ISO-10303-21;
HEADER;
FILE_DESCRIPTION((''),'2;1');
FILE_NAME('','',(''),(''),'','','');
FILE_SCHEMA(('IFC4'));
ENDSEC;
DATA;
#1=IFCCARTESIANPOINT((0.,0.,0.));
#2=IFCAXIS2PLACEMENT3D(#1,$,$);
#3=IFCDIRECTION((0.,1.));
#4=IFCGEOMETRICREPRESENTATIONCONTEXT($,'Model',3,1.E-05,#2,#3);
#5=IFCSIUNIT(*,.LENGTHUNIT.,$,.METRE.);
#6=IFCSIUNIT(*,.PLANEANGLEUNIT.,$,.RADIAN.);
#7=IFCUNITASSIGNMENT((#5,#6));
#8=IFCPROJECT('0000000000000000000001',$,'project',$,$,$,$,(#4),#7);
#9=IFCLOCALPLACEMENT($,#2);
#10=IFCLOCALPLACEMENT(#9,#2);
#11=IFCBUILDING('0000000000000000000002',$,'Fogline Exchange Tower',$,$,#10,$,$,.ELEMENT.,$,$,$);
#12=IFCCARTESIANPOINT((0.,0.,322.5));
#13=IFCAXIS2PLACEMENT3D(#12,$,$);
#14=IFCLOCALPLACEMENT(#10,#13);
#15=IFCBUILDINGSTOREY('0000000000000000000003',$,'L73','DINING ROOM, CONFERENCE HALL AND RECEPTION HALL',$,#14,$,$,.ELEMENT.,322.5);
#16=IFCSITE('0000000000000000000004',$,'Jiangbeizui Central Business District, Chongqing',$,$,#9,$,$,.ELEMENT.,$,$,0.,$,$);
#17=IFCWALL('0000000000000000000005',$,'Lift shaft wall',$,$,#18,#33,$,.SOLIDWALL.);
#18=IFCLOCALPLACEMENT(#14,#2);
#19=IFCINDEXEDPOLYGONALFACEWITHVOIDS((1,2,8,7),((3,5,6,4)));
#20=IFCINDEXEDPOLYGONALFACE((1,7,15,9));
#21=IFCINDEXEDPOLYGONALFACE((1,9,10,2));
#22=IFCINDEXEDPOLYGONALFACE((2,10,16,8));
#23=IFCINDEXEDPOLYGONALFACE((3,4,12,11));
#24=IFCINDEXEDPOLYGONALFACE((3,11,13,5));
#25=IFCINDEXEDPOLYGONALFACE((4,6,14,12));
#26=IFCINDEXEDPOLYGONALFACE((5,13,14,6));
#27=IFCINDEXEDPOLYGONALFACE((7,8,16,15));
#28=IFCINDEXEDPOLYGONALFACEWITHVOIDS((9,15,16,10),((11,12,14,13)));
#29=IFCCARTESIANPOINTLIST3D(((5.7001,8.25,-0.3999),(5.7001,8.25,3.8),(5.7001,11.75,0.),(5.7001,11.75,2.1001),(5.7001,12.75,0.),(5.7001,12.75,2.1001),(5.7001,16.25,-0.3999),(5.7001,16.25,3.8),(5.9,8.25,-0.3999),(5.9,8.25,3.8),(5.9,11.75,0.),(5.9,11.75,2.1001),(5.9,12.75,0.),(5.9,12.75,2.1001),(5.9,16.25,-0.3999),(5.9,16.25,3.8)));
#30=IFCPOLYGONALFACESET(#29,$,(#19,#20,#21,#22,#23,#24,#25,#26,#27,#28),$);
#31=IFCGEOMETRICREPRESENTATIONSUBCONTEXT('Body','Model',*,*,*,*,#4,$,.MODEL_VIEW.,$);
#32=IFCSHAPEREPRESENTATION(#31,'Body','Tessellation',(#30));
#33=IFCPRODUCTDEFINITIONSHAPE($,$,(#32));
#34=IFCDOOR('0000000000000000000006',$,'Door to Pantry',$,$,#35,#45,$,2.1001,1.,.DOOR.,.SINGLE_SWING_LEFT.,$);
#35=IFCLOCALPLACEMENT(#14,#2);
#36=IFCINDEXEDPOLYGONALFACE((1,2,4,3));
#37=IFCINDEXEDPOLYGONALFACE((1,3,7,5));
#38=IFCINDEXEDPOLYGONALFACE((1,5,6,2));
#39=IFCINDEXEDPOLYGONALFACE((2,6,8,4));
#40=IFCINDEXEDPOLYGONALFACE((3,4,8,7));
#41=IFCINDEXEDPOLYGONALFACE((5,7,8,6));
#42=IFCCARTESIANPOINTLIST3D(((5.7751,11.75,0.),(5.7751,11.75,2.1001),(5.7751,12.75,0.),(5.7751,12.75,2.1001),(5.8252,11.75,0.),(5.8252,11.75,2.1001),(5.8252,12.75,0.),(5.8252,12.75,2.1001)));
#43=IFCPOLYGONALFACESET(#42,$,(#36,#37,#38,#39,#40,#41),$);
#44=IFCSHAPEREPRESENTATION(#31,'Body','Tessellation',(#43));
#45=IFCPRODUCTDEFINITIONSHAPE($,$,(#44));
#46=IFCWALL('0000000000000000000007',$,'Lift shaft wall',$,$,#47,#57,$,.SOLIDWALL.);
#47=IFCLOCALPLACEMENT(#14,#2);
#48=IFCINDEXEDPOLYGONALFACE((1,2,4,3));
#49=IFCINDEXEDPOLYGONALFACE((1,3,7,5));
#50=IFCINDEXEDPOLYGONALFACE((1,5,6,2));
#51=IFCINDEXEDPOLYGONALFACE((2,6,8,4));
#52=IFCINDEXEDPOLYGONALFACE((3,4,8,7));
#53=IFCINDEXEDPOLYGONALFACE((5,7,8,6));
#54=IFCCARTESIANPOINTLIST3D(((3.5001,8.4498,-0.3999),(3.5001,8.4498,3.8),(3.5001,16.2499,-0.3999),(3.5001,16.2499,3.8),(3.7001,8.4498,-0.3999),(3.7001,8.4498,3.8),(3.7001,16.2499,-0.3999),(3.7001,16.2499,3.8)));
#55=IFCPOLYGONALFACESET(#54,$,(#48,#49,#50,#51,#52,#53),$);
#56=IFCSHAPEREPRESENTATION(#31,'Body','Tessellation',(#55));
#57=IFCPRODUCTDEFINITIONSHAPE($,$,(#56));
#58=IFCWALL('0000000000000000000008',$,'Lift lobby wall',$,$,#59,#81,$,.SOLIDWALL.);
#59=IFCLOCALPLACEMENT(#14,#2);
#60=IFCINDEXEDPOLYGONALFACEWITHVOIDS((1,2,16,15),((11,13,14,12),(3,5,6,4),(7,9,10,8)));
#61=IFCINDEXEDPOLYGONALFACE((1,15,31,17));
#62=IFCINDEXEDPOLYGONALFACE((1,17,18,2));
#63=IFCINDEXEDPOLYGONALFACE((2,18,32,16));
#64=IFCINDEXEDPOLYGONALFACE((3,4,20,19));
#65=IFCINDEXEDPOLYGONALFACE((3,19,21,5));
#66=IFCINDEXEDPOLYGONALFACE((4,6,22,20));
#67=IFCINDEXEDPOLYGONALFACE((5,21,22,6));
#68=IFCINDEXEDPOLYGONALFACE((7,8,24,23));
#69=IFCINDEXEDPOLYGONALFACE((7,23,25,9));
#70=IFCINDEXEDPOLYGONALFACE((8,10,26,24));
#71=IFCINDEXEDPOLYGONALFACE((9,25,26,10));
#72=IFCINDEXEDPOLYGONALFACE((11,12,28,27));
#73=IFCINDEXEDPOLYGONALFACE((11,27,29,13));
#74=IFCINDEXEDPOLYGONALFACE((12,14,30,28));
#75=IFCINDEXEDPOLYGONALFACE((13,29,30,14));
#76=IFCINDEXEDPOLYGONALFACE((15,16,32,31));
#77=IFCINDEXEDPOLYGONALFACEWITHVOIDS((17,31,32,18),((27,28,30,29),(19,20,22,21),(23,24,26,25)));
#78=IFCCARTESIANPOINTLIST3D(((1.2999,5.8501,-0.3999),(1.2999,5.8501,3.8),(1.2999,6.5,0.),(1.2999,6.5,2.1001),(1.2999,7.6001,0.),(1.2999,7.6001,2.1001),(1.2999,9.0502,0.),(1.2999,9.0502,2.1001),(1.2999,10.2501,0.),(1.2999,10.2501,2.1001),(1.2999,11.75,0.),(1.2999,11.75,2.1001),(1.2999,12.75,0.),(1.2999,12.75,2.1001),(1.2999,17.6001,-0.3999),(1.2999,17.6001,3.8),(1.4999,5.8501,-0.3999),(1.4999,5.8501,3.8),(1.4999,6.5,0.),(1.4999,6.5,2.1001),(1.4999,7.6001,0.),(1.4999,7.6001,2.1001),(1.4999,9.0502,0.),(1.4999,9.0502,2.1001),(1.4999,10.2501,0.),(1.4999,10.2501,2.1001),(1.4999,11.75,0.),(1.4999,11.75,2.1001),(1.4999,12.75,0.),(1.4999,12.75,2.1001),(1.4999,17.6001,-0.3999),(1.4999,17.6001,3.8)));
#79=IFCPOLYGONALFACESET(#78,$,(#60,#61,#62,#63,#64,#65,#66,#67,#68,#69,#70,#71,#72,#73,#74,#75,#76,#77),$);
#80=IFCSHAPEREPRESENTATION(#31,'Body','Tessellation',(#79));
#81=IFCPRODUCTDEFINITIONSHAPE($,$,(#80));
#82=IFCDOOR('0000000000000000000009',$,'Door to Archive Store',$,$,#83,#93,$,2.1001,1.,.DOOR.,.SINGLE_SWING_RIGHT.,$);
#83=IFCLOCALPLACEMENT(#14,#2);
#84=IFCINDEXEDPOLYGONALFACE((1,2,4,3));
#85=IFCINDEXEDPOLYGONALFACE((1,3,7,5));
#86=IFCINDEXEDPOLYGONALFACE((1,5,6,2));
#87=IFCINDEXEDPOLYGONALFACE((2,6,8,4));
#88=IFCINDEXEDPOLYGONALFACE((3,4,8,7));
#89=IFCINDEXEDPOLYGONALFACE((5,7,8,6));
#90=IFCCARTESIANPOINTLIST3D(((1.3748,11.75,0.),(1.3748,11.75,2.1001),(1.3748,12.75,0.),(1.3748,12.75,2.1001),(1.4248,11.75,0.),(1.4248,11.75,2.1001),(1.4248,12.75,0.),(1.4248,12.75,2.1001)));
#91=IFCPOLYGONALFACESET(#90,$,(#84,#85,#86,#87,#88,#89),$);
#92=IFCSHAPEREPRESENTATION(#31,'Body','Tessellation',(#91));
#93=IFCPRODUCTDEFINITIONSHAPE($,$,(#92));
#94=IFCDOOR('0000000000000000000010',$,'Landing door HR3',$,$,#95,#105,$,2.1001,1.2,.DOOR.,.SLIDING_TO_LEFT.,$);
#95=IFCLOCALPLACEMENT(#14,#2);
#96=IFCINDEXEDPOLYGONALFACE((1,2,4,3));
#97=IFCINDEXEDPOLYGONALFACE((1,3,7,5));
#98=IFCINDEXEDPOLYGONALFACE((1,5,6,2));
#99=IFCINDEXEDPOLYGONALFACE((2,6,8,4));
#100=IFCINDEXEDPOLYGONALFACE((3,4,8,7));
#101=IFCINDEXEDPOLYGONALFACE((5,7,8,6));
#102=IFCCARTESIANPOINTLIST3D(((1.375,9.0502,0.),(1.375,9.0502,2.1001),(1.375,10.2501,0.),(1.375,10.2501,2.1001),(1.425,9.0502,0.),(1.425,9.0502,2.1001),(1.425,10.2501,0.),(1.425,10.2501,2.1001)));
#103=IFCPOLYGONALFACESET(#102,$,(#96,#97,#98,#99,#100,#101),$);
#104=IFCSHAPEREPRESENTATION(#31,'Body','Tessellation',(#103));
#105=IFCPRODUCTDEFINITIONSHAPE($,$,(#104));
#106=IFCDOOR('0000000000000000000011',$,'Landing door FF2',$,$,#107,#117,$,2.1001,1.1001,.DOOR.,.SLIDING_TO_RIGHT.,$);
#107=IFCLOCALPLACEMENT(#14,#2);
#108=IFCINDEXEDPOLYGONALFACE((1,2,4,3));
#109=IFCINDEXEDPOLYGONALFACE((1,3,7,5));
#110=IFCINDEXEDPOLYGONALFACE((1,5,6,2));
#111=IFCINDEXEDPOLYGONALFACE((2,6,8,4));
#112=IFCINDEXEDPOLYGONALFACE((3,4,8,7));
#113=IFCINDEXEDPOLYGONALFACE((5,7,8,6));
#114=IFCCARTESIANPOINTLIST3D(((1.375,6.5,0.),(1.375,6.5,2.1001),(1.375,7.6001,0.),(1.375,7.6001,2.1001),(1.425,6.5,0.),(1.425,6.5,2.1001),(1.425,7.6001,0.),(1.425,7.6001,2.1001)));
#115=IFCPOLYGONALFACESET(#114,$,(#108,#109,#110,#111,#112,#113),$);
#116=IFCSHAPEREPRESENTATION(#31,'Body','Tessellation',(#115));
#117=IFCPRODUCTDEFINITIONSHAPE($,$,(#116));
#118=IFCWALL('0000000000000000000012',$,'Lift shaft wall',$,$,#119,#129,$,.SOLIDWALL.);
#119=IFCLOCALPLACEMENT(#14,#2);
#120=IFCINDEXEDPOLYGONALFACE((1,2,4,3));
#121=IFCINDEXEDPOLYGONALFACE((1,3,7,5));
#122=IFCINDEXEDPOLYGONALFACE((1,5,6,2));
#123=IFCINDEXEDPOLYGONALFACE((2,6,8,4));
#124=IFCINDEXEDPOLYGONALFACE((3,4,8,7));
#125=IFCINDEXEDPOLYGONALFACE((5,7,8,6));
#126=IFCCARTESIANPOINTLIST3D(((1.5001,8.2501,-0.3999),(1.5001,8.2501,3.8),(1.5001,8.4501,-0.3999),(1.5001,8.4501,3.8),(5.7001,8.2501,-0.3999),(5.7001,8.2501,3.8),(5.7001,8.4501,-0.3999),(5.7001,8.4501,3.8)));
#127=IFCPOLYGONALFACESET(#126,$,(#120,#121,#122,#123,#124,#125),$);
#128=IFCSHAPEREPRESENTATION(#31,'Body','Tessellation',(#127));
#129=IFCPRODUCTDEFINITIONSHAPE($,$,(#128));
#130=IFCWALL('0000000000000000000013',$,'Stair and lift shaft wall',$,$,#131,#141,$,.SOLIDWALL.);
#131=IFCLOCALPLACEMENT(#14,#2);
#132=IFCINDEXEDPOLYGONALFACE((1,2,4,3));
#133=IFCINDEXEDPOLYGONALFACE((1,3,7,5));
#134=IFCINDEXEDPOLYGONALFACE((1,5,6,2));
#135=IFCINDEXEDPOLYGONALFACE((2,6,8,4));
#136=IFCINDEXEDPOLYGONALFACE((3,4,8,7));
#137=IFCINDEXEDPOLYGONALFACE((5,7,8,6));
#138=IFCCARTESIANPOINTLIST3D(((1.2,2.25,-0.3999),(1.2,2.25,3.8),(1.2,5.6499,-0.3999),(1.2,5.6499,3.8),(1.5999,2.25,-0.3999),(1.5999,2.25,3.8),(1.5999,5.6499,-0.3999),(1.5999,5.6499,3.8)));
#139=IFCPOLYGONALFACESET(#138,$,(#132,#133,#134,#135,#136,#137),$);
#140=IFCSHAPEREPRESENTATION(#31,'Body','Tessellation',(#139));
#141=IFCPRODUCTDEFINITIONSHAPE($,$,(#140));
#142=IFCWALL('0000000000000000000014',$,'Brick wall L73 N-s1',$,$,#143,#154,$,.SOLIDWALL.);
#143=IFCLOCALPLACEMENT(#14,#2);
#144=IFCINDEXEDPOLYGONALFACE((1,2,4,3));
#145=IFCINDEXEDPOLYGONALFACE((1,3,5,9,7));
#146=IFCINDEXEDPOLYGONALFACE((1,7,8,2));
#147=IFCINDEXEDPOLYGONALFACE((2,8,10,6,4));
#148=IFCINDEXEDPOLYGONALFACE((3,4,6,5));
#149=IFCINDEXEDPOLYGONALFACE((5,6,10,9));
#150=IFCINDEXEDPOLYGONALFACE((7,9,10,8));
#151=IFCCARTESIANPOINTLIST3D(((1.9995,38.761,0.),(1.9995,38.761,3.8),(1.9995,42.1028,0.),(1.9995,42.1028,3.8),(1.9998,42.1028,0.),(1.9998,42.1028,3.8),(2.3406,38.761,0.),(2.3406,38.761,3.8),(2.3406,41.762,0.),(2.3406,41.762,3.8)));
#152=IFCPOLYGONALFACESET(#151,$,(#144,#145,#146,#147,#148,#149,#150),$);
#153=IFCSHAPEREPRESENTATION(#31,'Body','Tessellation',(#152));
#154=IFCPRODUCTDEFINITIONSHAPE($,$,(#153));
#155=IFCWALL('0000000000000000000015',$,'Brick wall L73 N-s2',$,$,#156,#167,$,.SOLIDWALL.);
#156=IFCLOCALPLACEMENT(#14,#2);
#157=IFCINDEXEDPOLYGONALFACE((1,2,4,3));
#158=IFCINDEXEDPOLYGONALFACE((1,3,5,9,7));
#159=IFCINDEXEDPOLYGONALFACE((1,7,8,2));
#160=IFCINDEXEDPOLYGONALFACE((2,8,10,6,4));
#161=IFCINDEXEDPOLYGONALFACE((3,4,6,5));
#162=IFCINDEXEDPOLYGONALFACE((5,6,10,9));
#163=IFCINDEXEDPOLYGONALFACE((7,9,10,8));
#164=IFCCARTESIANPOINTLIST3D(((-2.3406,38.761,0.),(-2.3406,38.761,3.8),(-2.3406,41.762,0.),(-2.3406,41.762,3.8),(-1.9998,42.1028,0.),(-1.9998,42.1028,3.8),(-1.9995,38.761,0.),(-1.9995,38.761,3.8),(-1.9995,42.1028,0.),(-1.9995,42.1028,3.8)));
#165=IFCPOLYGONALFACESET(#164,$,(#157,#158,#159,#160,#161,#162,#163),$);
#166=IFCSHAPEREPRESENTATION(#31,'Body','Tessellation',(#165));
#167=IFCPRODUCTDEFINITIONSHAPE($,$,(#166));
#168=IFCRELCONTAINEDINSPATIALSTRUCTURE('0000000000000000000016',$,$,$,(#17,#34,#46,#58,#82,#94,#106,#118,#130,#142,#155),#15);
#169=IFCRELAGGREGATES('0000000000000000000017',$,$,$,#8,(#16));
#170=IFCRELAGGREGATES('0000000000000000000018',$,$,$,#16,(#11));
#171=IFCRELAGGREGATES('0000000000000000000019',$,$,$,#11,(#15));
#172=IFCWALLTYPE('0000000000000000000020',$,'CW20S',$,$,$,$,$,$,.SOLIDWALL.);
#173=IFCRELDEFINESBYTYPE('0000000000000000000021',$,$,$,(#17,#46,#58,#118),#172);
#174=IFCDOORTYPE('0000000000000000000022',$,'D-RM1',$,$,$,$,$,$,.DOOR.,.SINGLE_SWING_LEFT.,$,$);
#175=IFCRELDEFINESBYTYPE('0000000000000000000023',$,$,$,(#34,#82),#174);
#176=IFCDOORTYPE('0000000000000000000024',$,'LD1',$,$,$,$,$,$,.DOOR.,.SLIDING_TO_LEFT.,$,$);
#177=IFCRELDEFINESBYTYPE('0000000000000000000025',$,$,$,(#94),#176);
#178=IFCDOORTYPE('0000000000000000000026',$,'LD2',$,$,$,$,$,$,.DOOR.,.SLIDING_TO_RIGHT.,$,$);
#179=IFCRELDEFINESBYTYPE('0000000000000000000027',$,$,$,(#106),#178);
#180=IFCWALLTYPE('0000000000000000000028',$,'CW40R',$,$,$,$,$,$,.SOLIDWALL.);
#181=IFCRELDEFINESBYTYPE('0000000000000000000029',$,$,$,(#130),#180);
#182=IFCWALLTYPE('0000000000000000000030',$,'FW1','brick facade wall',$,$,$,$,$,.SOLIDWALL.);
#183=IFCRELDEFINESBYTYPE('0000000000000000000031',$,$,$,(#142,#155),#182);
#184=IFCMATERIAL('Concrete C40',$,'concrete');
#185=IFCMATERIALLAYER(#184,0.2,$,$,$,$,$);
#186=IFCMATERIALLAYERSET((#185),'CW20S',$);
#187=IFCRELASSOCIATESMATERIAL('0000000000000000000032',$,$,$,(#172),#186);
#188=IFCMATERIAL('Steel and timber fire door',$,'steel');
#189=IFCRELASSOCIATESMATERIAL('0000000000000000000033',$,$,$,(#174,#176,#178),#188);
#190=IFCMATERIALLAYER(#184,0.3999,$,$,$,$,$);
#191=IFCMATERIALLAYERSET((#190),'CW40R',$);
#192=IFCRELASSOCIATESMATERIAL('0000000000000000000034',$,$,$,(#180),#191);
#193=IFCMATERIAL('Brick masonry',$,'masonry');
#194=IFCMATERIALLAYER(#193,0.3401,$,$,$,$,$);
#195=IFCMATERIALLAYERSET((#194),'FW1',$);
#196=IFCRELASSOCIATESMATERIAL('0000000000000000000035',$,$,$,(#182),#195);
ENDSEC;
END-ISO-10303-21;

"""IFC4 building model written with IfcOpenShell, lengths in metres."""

from ifc_helpers import new_model, si_unit, direction, frame, frame_2d, origin, place, context, subcontext, project, spatial, polyline, rectangle, outline, extrude, material, layer, layer_set, type_object, element, fill, save


model = new_model("IFC4")

# Units and contexts
model_context = context("Model", 3, precision=1e-05, world=origin(), true_north=direction((0.0, 1.0)))
body_context = subcontext(model_context, "Body", "Model", "MODEL_VIEW")
ifc_project = project(units=[si_unit("LENGTHUNIT", "METRE"), si_unit("PLANEANGLEUNIT", "RADIAN")], contexts=[model_context])

# Site, building, storey
site_placement = place(None, origin())
site = spatial("IfcSite", under=ifc_project, at=site_placement, Name="Jiangbeizui Central Business District, Chongqing", CompositionType="ELEMENT", RefElevation=0.0)
building_placement = place(site_placement, origin())
building = spatial("IfcBuilding", under=site, at=building_placement, Name="Fogline Exchange Tower", CompositionType="ELEMENT")
storey_placement = place(building_placement, frame((0.0, 0.0, 322.5)))
storey = spatial("IfcBuildingStorey", under=building, at=storey_placement, Name="L73", Description="DINING ROOM, CONFERENCE HALL AND RECEPTION HALL", CompositionType="ELEMENT", Elevation=322.5)

# Shared definitions
ifc_material_1 = material(Name="Concrete C40", Category="concrete")

# Wall, opening, door
ifc_layer_1 = layer(ifc_material_1, 0.2)
ifc_layer_set_1 = layer_set([ifc_layer_1], Name="CW20S")
wall_type_1 = type_object("IfcWallType", Name="CW20S", PredefinedType="SOLIDWALL", material=ifc_layer_set_1)
wall_1_placement = place(storey_placement, frame((5.8, 8.25, -0.3999), z_axis=(0.0, 0.0, 1.0), x_axis=(0.0, 1.0, 0.0)))
wall_1 = element("IfcWall", 1, at=wall_1_placement, inside=storey, type_object=wall_type_1, Name="Lift shaft wall", PredefinedType="SOLIDWALL", context=body_context, shape_type="SweptSolid", body=[
    extrude(rectangle(XDim=8.0, YDim=0.2, at=frame_2d((4.0, 0.0))), origin(), (0.0, 0.0, 1.0), 4.2),
])
opening_1_placement = place(wall_1_placement, frame((3.5, 0.0, 0.3999)))
opening_1 = element("IfcOpeningElement", 2, at=opening_1_placement, cuts=wall_1, PredefinedType="OPENING", context=body_context, shape_type="SweptSolid", body=[
    extrude(rectangle(XDim=1.0, YDim=2.1001, at=frame_2d((0.5, 1.05))), frame((0.0, 0.1099, 0.0), z_axis=(0.0, -1.0, 0.0), x_axis=(1.0, 0.0, 0.0)), (0.0, 0.0, 1.0), 0.22),
])
ifc_material_2 = material(Name="Steel and timber fire door", Category="steel")
door_type_1 = type_object("IfcDoorType", Name="D-RM1", OperationType="SINGLE_SWING_LEFT", PredefinedType="DOOR", material=ifc_material_2)
door_1_placement = place(opening_1_placement, origin())
door_1 = element("IfcDoor", 3, at=door_1_placement, inside=storey, type_object=door_type_1, Name="Door to Pantry", OperationType="SINGLE_SWING_LEFT", OverallHeight=2.1001, OverallWidth=1.0, PredefinedType="DOOR", context=body_context, shape_type="SweptSolid", body=[
    extrude(rectangle(XDim=1.0, YDim=2.1001, at=frame_2d((0.5, 1.05))), frame((0.0, 0.0249, 0.0), z_axis=(0.0, -1.0, 0.0), x_axis=(1.0, 0.0, 0.0)), (0.0, 0.0, 1.0), 0.05),
])
fill(opening_1, door_1)

# Wall
wall_2_placement = place(storey_placement, frame((3.6001, 8.45, -0.3999), z_axis=(0.0, 0.0, 1.0), x_axis=(0.0, 1.0, 0.0)))
element("IfcWall", 4, at=wall_2_placement, inside=storey, type_object=wall_type_1, Name="Lift shaft wall", PredefinedType="SOLIDWALL", context=body_context, shape_type="SweptSolid", body=[
    extrude(rectangle(XDim=7.8, YDim=0.2, at=frame_2d((3.8999, 0.0))), origin(), (0.0, 0.0, 1.0), 4.2),
])

# Wall, openings, doors
wall_3_placement = place(storey_placement, frame((1.3999, 5.8501, -0.3999), z_axis=(0.0, 0.0, 1.0), x_axis=(0.0, 1.0, 0.0)))
wall_3 = element("IfcWall", 5, at=wall_3_placement, inside=storey, type_object=wall_type_1, Name="Lift lobby wall", PredefinedType="SOLIDWALL", context=body_context, shape_type="SweptSolid", body=[
    extrude(rectangle(XDim=11.75, YDim=0.2, at=frame_2d((5.875, 0.0))), origin(), (0.0, 0.0, 1.0), 4.2),
])
opening_2_placement = place(wall_3_placement, frame((3.2, 0.0, 0.3999)))
opening_2 = element("IfcOpeningElement", 6, at=opening_2_placement, cuts=wall_3, PredefinedType="OPENING", context=body_context, shape_type="SweptSolid", body=[
    extrude(rectangle(XDim=1.2, YDim=2.1001, at=frame_2d((0.6001, 1.05))), frame((0.0, 0.1099, 0.0), z_axis=(0.0, -1.0, 0.0), x_axis=(1.0, 0.0, 0.0)), (0.0, 0.0, 1.0), 0.22),
])
opening_3_placement = place(wall_3_placement, frame((0.6499, 0.0, 0.3999)))
opening_3 = element("IfcOpeningElement", 7, at=opening_3_placement, cuts=wall_3, PredefinedType="OPENING", context=body_context, shape_type="SweptSolid", body=[
    extrude(rectangle(XDim=1.1001, YDim=2.1001, at=frame_2d((0.55, 1.05))), frame((0.0, 0.1099, 0.0), z_axis=(0.0, -1.0, 0.0), x_axis=(1.0, 0.0, 0.0)), (0.0, 0.0, 1.0), 0.22),
])
opening_4_placement = place(wall_3_placement, frame((5.8999, 0.0, 0.3999)))
opening_4 = element("IfcOpeningElement", 8, at=opening_4_placement, cuts=wall_3, PredefinedType="OPENING", context=body_context, shape_type="SweptSolid", body=[
    extrude(rectangle(XDim=1.0, YDim=2.1001, at=frame_2d((0.5, 1.05))), frame((0.0, 0.1099, 0.0), z_axis=(0.0, -1.0, 0.0), x_axis=(1.0, 0.0, 0.0)), (0.0, 0.0, 1.0), 0.22),
])
door_2_placement = place(opening_4_placement, frame((1.0, 0.0, 0.0), z_axis=(0.0, 0.0, 1.0), x_axis=(-1.0, 0.0, 0.0)))
door_2 = element("IfcDoor", 9, at=door_2_placement, inside=storey, type_object=door_type_1, Name="Door to Archive Store", OperationType="SINGLE_SWING_RIGHT", OverallHeight=2.1001, OverallWidth=1.0, PredefinedType="DOOR", context=body_context, shape_type="SweptSolid", body=[
    extrude(rectangle(XDim=1.0, YDim=2.1001, at=frame_2d((0.5, 1.05))), frame((0.0, 0.0249, 0.0), z_axis=(0.0, -1.0, 0.0), x_axis=(1.0, 0.0, 0.0)), (0.0, 0.0, 1.0), 0.05),
])
fill(opening_4, door_2)
door_type_2 = type_object("IfcDoorType", Name="LD1", OperationType="SLIDING_TO_LEFT", PredefinedType="DOOR", material=ifc_material_2)
door_3_placement = place(opening_2_placement, origin())
door_3 = element("IfcDoor", 10, at=door_3_placement, inside=storey, type_object=door_type_2, Name="Landing door HR3", OperationType="SLIDING_TO_LEFT", OverallHeight=2.1001, OverallWidth=1.2, PredefinedType="DOOR", context=body_context, shape_type="SweptSolid", body=[
    extrude(rectangle(XDim=1.2, YDim=2.1001, at=frame_2d((0.6001, 1.05))), frame((0.0, 0.0249, 0.0), z_axis=(0.0, -1.0, 0.0), x_axis=(1.0, 0.0, 0.0)), (0.0, 0.0, 1.0), 0.05),
])
fill(opening_2, door_3)
door_type_3 = type_object("IfcDoorType", Name="LD2", OperationType="SLIDING_TO_RIGHT", PredefinedType="DOOR", material=ifc_material_2)
door_4_placement = place(opening_3_placement, origin())
door_4 = element("IfcDoor", 11, at=door_4_placement, inside=storey, type_object=door_type_3, Name="Landing door FF2", OperationType="SLIDING_TO_RIGHT", OverallHeight=2.1001, OverallWidth=1.1001, PredefinedType="DOOR", context=body_context, shape_type="SweptSolid", body=[
    extrude(rectangle(XDim=1.1001, YDim=2.1001, at=frame_2d((0.55, 1.05))), frame((0.0, 0.0249, 0.0), z_axis=(0.0, -1.0, 0.0), x_axis=(1.0, 0.0, 0.0)), (0.0, 0.0, 1.0), 0.05),
])
fill(opening_3, door_4)

# Walls
wall_4_placement = place(storey_placement, frame((1.5, 8.3501, -0.3999), z_axis=(0.0, 0.0, 1.0), x_axis=(1.0, 0.0, 0.0)))
element("IfcWall", 12, at=wall_4_placement, inside=storey, type_object=wall_type_1, Name="Lift shaft wall", PredefinedType="SOLIDWALL", context=body_context, shape_type="SweptSolid", body=[
    extrude(rectangle(XDim=4.2, YDim=0.2, at=frame_2d((2.1001, 0.0))), origin(), (0.0, 0.0, 1.0), 4.2),
])
ifc_layer_2 = layer(ifc_material_1, 0.3999)
ifc_layer_set_2 = layer_set([ifc_layer_2], Name="CW40R")
wall_type_2 = type_object("IfcWallType", Name="CW40R", PredefinedType="SOLIDWALL", material=ifc_layer_set_2)
wall_5_placement = place(storey_placement, frame((1.3999, 2.25, -0.3999), z_axis=(0.0, 0.0, 1.0), x_axis=(0.0, 1.0, 0.0)))
element("IfcWall", 13, at=wall_5_placement, inside=storey, type_object=wall_type_2, Name="Stair and lift shaft wall", PredefinedType="SOLIDWALL", context=body_context, shape_type="SweptSolid", body=[
    extrude(rectangle(XDim=3.3999, YDim=0.3999, at=frame_2d((1.7, 0.0))), origin(), (0.0, 0.0, 1.0), 4.2),
])
ifc_material_3 = material(Name="Brick masonry", Category="masonry")
ifc_layer_3 = layer(ifc_material_3, 0.3401)
ifc_layer_set_3 = layer_set([ifc_layer_3], Name="FW1")
wall_type_3 = type_object("IfcWallType", Name="FW1", Description="brick facade wall", PredefinedType="SOLIDWALL", material=ifc_layer_set_3)
wall_6_placement = place(storey_placement, origin())
element("IfcWall", 14, at=wall_6_placement, inside=storey, type_object=wall_type_3, Name="Brick wall L73 N-s1", PredefinedType="SOLIDWALL", context=body_context, shape_type="SweptSolid", body=[
    extrude(outline(polyline([(2.3406, 38.761), (1.9995, 38.761), (1.9995, 42.1028), (1.9998, 42.1028), (2.3406, 41.762), (2.3406, 38.761)])), origin(), (0.0, 0.0, 1.0), 3.8),
])
wall_7_placement = place(storey_placement, origin())
element("IfcWall", 15, at=wall_7_placement, inside=storey, type_object=wall_type_3, Name="Brick wall L73 N-s2", PredefinedType="SOLIDWALL", context=body_context, shape_type="SweptSolid", body=[
    extrude(outline(polyline([(-1.9995, 42.1028), (-1.9995, 38.761), (-2.3406, 38.761), (-2.3406, 41.762), (-1.9998, 42.1028), (-1.9995, 42.1028)])), origin(), (0.0, 0.0, 1.0), 3.8),
])

save(model, "model.ifc")
